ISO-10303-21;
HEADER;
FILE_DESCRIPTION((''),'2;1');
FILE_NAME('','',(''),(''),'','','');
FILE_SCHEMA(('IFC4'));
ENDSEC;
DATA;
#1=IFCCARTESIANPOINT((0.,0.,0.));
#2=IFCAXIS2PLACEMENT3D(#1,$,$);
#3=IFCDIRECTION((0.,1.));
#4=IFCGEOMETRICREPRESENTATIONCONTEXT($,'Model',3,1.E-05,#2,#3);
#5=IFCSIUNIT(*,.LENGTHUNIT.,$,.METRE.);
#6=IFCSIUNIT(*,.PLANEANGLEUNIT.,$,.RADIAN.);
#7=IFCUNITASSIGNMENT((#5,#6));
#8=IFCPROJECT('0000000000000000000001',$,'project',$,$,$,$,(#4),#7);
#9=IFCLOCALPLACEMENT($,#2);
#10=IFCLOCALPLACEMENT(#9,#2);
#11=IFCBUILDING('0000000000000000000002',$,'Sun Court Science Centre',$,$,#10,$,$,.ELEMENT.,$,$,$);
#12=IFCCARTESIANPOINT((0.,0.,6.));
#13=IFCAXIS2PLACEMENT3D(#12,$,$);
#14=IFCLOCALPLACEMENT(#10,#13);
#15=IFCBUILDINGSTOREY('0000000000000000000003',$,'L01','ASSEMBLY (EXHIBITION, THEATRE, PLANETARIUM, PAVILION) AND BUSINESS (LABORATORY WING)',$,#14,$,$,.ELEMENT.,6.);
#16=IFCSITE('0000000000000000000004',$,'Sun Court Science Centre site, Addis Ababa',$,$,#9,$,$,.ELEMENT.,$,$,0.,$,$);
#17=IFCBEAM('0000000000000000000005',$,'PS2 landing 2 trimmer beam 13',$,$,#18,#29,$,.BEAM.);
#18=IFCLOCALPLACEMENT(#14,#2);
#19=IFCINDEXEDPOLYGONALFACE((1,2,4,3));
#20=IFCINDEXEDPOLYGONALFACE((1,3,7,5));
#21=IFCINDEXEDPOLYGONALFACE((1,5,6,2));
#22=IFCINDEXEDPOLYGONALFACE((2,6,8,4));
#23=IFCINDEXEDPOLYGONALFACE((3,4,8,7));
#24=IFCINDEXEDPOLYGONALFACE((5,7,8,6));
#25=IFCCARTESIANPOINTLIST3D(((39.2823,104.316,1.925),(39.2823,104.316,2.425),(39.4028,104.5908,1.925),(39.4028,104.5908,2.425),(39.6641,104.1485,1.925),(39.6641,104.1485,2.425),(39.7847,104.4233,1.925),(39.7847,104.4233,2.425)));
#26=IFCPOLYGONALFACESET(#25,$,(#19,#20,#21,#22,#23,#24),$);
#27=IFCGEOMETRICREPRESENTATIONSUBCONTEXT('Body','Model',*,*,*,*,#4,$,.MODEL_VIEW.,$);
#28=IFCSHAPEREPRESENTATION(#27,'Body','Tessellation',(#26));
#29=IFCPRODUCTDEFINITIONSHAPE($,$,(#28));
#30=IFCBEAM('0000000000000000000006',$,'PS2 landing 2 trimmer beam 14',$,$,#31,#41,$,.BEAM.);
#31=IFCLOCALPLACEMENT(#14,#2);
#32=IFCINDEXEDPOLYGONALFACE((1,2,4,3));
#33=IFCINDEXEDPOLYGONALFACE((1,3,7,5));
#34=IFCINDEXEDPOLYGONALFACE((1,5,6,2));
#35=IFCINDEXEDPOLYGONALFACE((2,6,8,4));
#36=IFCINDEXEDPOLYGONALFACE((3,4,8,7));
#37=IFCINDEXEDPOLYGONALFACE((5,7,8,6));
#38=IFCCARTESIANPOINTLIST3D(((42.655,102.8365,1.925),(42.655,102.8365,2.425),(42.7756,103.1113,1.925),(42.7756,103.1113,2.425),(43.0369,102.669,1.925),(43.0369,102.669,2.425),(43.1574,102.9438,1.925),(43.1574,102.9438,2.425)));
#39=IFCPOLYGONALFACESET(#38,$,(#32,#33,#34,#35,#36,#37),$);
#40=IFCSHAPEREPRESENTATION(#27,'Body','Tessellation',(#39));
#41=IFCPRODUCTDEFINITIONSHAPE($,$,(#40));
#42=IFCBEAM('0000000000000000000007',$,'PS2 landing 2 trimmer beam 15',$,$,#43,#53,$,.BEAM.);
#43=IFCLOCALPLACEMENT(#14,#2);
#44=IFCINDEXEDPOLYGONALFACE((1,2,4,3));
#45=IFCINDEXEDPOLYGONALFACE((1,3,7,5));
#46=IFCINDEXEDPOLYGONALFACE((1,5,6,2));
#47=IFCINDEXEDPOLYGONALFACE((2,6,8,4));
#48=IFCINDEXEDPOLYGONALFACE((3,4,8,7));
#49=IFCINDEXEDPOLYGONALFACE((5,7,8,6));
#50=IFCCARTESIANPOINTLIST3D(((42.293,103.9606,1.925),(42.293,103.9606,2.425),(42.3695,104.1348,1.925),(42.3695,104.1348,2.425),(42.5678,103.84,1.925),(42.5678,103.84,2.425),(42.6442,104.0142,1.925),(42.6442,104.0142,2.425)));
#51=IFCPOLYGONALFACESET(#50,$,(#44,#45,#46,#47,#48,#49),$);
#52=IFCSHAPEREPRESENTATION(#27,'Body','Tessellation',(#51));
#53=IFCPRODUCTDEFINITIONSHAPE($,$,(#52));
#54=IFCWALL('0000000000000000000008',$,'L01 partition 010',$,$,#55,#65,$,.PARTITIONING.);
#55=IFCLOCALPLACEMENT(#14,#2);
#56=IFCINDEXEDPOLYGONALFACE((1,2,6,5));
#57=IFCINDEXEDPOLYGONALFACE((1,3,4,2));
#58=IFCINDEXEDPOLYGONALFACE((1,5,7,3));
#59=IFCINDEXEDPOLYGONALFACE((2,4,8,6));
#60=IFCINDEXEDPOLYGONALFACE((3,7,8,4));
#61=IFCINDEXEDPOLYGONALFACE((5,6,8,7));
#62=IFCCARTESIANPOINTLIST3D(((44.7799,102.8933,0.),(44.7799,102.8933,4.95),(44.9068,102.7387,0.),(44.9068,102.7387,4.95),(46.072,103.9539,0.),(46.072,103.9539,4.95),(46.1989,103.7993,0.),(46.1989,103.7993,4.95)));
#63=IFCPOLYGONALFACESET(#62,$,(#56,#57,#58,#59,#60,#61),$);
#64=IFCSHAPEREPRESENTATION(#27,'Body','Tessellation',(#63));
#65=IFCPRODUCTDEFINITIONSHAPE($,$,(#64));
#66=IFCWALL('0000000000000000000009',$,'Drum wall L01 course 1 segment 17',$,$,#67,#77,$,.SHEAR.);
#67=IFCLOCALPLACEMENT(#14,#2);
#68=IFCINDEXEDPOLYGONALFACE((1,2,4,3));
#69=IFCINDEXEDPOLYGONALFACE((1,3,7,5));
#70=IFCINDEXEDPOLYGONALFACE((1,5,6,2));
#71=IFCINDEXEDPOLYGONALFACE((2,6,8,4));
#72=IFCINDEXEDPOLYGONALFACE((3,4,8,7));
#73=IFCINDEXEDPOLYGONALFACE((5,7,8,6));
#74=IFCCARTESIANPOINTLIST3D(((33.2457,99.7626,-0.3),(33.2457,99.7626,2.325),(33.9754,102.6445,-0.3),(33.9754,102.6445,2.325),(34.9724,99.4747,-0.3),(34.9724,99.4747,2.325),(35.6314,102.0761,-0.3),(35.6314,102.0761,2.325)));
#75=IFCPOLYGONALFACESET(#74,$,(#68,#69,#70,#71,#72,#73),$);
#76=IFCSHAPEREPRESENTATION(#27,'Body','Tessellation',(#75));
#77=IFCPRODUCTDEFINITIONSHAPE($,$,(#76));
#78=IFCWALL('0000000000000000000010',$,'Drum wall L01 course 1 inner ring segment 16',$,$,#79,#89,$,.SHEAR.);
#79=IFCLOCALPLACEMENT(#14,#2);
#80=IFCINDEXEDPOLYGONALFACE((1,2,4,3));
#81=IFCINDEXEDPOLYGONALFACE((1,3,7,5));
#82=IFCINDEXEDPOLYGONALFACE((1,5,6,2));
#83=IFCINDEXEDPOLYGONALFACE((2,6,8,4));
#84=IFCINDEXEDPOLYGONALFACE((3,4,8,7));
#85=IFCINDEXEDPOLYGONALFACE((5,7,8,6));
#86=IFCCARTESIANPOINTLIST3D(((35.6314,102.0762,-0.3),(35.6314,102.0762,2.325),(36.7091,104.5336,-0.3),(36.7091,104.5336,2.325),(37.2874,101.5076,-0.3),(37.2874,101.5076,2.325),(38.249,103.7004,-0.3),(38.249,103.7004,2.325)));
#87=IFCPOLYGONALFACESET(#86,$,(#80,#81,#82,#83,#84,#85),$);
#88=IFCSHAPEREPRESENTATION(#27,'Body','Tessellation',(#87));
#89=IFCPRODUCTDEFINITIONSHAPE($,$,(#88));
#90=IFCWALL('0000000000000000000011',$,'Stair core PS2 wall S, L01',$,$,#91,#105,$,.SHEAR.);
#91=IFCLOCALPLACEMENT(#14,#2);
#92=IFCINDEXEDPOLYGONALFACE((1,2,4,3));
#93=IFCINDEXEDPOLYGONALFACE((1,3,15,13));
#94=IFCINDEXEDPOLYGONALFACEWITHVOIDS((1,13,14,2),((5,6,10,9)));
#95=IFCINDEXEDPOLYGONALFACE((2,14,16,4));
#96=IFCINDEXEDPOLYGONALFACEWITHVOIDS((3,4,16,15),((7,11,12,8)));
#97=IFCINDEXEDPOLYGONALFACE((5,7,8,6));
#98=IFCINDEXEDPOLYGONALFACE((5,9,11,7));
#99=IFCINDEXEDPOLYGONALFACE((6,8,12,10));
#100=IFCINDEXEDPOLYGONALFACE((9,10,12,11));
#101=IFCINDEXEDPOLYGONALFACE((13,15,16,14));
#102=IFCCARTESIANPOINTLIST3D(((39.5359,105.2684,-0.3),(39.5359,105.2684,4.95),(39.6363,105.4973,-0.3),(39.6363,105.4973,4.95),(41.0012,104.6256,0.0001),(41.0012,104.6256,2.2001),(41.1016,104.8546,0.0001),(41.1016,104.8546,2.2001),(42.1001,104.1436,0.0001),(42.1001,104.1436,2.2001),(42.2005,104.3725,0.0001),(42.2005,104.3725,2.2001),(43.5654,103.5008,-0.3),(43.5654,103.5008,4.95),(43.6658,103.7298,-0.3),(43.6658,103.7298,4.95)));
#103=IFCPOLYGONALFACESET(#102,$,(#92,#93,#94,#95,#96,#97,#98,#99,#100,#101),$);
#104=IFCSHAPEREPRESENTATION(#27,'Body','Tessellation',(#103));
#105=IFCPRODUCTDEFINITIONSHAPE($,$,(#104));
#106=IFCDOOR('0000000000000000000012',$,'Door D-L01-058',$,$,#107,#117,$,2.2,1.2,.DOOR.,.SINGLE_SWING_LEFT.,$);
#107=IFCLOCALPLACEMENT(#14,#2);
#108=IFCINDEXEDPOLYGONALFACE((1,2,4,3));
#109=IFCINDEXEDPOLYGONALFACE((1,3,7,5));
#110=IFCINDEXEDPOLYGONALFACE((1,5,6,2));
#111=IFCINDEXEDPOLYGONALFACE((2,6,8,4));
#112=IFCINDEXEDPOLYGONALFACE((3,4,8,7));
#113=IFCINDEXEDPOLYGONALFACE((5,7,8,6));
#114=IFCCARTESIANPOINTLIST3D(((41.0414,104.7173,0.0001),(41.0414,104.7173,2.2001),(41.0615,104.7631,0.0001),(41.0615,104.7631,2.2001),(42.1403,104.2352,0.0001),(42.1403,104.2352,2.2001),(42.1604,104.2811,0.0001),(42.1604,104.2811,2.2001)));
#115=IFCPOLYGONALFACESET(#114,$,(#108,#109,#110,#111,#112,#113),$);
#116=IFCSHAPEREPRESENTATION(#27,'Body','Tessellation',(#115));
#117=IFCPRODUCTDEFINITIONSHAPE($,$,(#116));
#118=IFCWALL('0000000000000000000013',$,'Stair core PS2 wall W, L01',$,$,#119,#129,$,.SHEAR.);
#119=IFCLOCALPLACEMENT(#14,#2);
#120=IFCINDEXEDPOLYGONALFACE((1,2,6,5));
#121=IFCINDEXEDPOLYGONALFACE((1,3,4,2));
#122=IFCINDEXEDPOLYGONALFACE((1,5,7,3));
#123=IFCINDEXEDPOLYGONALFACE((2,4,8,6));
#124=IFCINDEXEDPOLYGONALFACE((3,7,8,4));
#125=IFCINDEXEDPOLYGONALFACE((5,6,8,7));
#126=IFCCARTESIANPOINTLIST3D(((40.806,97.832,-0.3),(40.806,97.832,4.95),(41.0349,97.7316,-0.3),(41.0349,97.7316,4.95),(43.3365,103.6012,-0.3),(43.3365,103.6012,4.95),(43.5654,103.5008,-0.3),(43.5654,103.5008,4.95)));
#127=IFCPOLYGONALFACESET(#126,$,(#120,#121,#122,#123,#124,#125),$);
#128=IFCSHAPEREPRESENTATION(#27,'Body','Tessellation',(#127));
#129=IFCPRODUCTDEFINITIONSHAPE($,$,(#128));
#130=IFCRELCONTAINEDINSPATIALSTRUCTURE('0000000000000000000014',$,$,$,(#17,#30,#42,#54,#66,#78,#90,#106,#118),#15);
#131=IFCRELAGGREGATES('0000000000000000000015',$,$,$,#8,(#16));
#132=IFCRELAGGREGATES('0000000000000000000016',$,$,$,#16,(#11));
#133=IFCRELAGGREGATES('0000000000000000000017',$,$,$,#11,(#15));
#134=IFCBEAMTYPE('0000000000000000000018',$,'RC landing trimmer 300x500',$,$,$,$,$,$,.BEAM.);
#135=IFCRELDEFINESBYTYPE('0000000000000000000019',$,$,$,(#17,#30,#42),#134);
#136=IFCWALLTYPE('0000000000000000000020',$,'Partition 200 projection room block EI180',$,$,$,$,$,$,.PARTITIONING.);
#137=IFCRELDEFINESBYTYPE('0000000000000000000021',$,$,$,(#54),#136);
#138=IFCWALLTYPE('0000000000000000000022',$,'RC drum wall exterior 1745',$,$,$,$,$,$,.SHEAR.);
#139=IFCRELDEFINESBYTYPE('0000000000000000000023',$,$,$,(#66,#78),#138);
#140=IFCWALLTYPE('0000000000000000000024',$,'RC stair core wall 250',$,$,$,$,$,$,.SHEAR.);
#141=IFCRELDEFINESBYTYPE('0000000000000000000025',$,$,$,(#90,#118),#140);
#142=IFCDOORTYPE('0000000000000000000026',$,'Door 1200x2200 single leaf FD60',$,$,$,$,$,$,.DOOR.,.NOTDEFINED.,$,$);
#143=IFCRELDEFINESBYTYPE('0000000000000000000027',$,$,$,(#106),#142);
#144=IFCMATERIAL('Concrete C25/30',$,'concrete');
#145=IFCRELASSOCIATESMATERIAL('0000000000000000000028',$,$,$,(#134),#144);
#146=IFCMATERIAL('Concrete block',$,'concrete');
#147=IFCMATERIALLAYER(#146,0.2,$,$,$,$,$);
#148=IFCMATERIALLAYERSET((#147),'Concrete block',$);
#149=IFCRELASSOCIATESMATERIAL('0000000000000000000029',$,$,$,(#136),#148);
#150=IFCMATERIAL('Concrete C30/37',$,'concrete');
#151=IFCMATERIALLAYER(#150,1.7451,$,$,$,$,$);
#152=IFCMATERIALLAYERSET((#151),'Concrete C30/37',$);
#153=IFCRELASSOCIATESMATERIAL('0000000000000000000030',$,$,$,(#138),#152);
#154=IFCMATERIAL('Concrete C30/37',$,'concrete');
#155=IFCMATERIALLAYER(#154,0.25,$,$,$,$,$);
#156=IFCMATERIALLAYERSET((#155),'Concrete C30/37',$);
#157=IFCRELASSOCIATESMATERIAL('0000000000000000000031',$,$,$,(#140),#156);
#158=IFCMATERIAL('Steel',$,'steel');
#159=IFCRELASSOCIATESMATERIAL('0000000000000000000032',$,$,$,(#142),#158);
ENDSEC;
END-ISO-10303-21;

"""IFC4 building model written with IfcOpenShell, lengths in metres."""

from ifc_helpers import new_model, si_unit, direction, frame, frame_2d, origin, origin_2d, place, context, subcontext, project, spatial, polyline, rectangle, outline, extrude, material, layer, layer_set, material_profile, profile_set, type_object, element, fill, save


model = new_model("IFC4")

# Units and contexts
model_context = context("Model", 3, precision=1e-05, world=origin(), true_north=direction((0.0, 1.0)))
body_context = subcontext(model_context, "Body", "Model", "MODEL_VIEW")
ifc_project = project(units=[si_unit("LENGTHUNIT", "METRE"), si_unit("PLANEANGLEUNIT", "RADIAN")], contexts=[model_context])

# Site, building, storey
site_placement = place(None, origin())
site = spatial("IfcSite", under=ifc_project, at=site_placement, Name="Sun Court Science Centre site, Addis Ababa", CompositionType="ELEMENT", RefElevation=0.0)
building_placement = place(site_placement, origin())
building = spatial("IfcBuilding", under=site, at=building_placement, Name="Sun Court Science Centre", CompositionType="ELEMENT")
storey_placement = place(building_placement, frame((0.0, 0.0, 6.0)))
storey = spatial("IfcBuildingStorey", under=building, at=storey_placement, Name="L01", Description="ASSEMBLY (EXHIBITION, THEATRE, PLANETARIUM, PAVILION) AND BUSINESS (LABORATORY WING)", CompositionType="ELEMENT", Elevation=6.0)

# Beams
ifc_material_1 = material(Name="Concrete C25/30", Category="concrete")
ifc_material_profile = material_profile(ifc_material_1, rectangle(XDim=0.3, YDim=0.5, at=origin_2d()), Name="RC 300x500")
ifc_profile_set = profile_set([ifc_material_profile], Name="Concrete C25/30")
beam_type = type_object("IfcBeamType", Name="RC landing trimmer 300x500", PredefinedType="BEAM", material=ifc_profile_set)
for number, where, z_axis, x_axis, name in (
    (1, (39.3425, 104.4534, 2.175), (0.915781, -0.401679, 0.0), (0.401679, 0.915781, 0.0), "PS2 landing 2 trimmer beam 13"),
    (2, (43.0972, 102.8064, 2.175), (-0.915781, 0.401679, 0.0), (-0.401679, -0.915781, 0.0), "PS2 landing 2 trimmer beam 14"),
):
    element("IfcBeam", number, at=place(storey_placement, frame(where, z_axis=z_axis, x_axis=x_axis)), inside=storey, type_object=beam_type, Name=name, PredefinedType="BEAM", context=body_context, shape_type="SweptSolid", body=[
        extrude(rectangle(XDim=0.3, YDim=0.5, at=origin_2d()), origin(), (0.0, 0.0, 1.0), 0.417),
    ])
beam_placement = place(storey_placement, frame((42.5068, 104.0745, 2.175), z_axis=(-0.401964, -0.915656, 0.0), x_axis=(0.915656, -0.401964, 0.0)))
element("IfcBeam", 3, at=beam_placement, inside=storey, type_object=beam_type, Name="PS2 landing 2 trimmer beam 15", PredefinedType="BEAM", context=body_context, shape_type="SweptSolid", body=[
    extrude(rectangle(XDim=0.3, YDim=0.5, at=origin_2d()), origin(), (0.0, 0.0, 1.0), 0.1902),
])

# Walls
ifc_material_2 = material(Name="Concrete block", Category="concrete")
ifc_layer_1 = layer(ifc_material_2, 0.2)
ifc_layer_set_1 = layer_set([ifc_layer_1], Name="Concrete block")
wall_type_1 = type_object("IfcWallType", Name="Partition 200 projection room block EI180", PredefinedType="PARTITIONING", material=ifc_layer_set_1)
wall_1_placement = place(storey_placement, frame((44.8433, 102.8159, 0.0), z_axis=(0.0, 0.0, 1.0), x_axis=(0.772941, 0.634478, 0.0)))
element("IfcWall", 4, at=wall_1_placement, inside=storey, type_object=wall_type_1, Name="L01 partition 010", PredefinedType="PARTITIONING", context=body_context, shape_type="SweptSolid", body=[
    extrude(rectangle(XDim=1.6716, YDim=0.2, at=frame_2d((0.8359, 0.0))), origin(), (0.0, 0.0, 1.0), 4.95),
])
ifc_material_3 = material(Name="Concrete C30/37", Category="concrete")
ifc_layer_2 = layer(ifc_material_3, 1.7451)
ifc_layer_set_2 = layer_set([ifc_layer_2], Name="Concrete C30/37")
wall_type_2 = type_object("IfcWallType", Name="RC drum wall exterior 1745", PredefinedType="SHEAR", material=ifc_layer_set_2)
wall_2_placement = place(storey_placement, frame((34.821, 102.4304, -0.3), z_axis=(0.0, 0.0, 1.0), x_axis=(-0.245472, -0.969404, 0.0)))
element("IfcWall", 5, at=wall_2_placement, inside=storey, type_object=wall_type_2, Name="Drum wall L01 course 1 segment 17", PredefinedType="SHEAR", context=body_context, shape_type="SweptSolid", body=[
    extrude(outline(polyline([(0.0, -0.8723), (2.9729, -0.8723), (2.8281, 0.8723), (0.1445, 0.8726), (0.0, -0.8723)])), origin(), (0.0, 0.0, 1.0), 2.625),
])
wall_3_placement = place(storey_placement, frame((37.5083, 104.1833, -0.3), z_axis=(0.0, 0.0, 1.0), x_axis=(-0.401711, -0.915766, 0.0)))
element("IfcWall", 6, at=wall_3_placement, inside=storey, type_object=wall_type_2, Name="Drum wall L01 course 1 inner ring segment 16", PredefinedType="SHEAR", context=body_context, shape_type="SweptSolid", body=[
    extrude(outline(polyline([(0.0002, -0.8726), (2.6836, -0.8723), (2.5391, 0.8726), (0.1448, 0.8723), (0.0002, -0.8726)])), origin(), (0.0, 0.0, 1.0), 2.625),
])

# Wall, opening, door
ifc_material_4 = material(Name="Concrete C30/37", Category="concrete")
ifc_layer_3 = layer(ifc_material_4, 0.25)
ifc_layer_set_3 = layer_set([ifc_layer_3], Name="Concrete C30/37")
wall_type_3 = type_object("IfcWallType", Name="RC stair core wall 250", PredefinedType="SHEAR", material=ifc_layer_set_3)
wall_4_placement = place(storey_placement, frame((43.6157, 103.6152, -0.3), z_axis=(0.0, 0.0, 1.0), x_axis=(-0.915769, 0.401706, 0.0)))
wall_4 = element("IfcWall", 7, at=wall_4_placement, inside=storey, type_object=wall_type_3, Name="Stair core PS2 wall S, L01", PredefinedType="SHEAR", context=body_context, shape_type="SweptSolid", body=[
    extrude(rectangle(XDim=4.4001, YDim=0.25, at=frame_2d((2.2002, 0.0))), origin(), (0.0, 0.0, 1.0), 5.25),
])
opening_placement = place(wall_4_placement, frame((1.6001, 0.0, 0.3)))
opening = element("IfcOpeningElement", 8, at=opening_placement, cuts=wall_4, PredefinedType="OPENING", context=body_context, shape_type="SweptSolid", body=[
    extrude(rectangle(XDim=1.2, YDim=2.2, at=frame_2d((0.6001, 1.1001))), frame((0.0, 0.135, 0.0), z_axis=(0.0, -1.0, 0.0), x_axis=(1.0, 0.0, 0.0)), (0.0, 0.0, 1.0), 0.27),
])
ifc_material_5 = material(Name="Steel", Category="steel")
door_type = type_object("IfcDoorType", Name="Door 1200x2200 single leaf FD60", OperationType="NOTDEFINED", PredefinedType="DOOR", material=ifc_material_5)
door_placement = place(opening_placement, origin())
door = element("IfcDoor", 9, at=door_placement, inside=storey, type_object=door_type, Name="Door D-L01-058", OperationType="SINGLE_SWING_LEFT", OverallHeight=2.2, OverallWidth=1.2, PredefinedType="DOOR", context=body_context, shape_type="SweptSolid", body=[
    extrude(rectangle(XDim=1.2, YDim=2.2, at=frame_2d((0.6001, 1.1001))), frame((0.0, 0.0249, 0.0), z_axis=(0.0, -1.0, 0.0), x_axis=(1.0, 0.0, 0.0)), (0.0, 0.0, 1.0), 0.05),
])
fill(opening, door)

# Wall
wall_5_placement = place(storey_placement, frame((43.4509, 103.551, -0.3), z_axis=(0.0, 0.0, 1.0), x_axis=(-0.401679, -0.915781, 0.0)))
element("IfcWall", 10, at=wall_5_placement, inside=storey, type_object=wall_type_3, Name="Stair core PS2 wall W, L01", PredefinedType="SHEAR", context=body_context, shape_type="SweptSolid", body=[
    extrude(rectangle(XDim=6.2998, YDim=0.25, at=frame_2d((3.1499, 0.0))), origin(), (0.0, 0.0, 1.0), 5.25),
])

save(model, "model.ifc")
